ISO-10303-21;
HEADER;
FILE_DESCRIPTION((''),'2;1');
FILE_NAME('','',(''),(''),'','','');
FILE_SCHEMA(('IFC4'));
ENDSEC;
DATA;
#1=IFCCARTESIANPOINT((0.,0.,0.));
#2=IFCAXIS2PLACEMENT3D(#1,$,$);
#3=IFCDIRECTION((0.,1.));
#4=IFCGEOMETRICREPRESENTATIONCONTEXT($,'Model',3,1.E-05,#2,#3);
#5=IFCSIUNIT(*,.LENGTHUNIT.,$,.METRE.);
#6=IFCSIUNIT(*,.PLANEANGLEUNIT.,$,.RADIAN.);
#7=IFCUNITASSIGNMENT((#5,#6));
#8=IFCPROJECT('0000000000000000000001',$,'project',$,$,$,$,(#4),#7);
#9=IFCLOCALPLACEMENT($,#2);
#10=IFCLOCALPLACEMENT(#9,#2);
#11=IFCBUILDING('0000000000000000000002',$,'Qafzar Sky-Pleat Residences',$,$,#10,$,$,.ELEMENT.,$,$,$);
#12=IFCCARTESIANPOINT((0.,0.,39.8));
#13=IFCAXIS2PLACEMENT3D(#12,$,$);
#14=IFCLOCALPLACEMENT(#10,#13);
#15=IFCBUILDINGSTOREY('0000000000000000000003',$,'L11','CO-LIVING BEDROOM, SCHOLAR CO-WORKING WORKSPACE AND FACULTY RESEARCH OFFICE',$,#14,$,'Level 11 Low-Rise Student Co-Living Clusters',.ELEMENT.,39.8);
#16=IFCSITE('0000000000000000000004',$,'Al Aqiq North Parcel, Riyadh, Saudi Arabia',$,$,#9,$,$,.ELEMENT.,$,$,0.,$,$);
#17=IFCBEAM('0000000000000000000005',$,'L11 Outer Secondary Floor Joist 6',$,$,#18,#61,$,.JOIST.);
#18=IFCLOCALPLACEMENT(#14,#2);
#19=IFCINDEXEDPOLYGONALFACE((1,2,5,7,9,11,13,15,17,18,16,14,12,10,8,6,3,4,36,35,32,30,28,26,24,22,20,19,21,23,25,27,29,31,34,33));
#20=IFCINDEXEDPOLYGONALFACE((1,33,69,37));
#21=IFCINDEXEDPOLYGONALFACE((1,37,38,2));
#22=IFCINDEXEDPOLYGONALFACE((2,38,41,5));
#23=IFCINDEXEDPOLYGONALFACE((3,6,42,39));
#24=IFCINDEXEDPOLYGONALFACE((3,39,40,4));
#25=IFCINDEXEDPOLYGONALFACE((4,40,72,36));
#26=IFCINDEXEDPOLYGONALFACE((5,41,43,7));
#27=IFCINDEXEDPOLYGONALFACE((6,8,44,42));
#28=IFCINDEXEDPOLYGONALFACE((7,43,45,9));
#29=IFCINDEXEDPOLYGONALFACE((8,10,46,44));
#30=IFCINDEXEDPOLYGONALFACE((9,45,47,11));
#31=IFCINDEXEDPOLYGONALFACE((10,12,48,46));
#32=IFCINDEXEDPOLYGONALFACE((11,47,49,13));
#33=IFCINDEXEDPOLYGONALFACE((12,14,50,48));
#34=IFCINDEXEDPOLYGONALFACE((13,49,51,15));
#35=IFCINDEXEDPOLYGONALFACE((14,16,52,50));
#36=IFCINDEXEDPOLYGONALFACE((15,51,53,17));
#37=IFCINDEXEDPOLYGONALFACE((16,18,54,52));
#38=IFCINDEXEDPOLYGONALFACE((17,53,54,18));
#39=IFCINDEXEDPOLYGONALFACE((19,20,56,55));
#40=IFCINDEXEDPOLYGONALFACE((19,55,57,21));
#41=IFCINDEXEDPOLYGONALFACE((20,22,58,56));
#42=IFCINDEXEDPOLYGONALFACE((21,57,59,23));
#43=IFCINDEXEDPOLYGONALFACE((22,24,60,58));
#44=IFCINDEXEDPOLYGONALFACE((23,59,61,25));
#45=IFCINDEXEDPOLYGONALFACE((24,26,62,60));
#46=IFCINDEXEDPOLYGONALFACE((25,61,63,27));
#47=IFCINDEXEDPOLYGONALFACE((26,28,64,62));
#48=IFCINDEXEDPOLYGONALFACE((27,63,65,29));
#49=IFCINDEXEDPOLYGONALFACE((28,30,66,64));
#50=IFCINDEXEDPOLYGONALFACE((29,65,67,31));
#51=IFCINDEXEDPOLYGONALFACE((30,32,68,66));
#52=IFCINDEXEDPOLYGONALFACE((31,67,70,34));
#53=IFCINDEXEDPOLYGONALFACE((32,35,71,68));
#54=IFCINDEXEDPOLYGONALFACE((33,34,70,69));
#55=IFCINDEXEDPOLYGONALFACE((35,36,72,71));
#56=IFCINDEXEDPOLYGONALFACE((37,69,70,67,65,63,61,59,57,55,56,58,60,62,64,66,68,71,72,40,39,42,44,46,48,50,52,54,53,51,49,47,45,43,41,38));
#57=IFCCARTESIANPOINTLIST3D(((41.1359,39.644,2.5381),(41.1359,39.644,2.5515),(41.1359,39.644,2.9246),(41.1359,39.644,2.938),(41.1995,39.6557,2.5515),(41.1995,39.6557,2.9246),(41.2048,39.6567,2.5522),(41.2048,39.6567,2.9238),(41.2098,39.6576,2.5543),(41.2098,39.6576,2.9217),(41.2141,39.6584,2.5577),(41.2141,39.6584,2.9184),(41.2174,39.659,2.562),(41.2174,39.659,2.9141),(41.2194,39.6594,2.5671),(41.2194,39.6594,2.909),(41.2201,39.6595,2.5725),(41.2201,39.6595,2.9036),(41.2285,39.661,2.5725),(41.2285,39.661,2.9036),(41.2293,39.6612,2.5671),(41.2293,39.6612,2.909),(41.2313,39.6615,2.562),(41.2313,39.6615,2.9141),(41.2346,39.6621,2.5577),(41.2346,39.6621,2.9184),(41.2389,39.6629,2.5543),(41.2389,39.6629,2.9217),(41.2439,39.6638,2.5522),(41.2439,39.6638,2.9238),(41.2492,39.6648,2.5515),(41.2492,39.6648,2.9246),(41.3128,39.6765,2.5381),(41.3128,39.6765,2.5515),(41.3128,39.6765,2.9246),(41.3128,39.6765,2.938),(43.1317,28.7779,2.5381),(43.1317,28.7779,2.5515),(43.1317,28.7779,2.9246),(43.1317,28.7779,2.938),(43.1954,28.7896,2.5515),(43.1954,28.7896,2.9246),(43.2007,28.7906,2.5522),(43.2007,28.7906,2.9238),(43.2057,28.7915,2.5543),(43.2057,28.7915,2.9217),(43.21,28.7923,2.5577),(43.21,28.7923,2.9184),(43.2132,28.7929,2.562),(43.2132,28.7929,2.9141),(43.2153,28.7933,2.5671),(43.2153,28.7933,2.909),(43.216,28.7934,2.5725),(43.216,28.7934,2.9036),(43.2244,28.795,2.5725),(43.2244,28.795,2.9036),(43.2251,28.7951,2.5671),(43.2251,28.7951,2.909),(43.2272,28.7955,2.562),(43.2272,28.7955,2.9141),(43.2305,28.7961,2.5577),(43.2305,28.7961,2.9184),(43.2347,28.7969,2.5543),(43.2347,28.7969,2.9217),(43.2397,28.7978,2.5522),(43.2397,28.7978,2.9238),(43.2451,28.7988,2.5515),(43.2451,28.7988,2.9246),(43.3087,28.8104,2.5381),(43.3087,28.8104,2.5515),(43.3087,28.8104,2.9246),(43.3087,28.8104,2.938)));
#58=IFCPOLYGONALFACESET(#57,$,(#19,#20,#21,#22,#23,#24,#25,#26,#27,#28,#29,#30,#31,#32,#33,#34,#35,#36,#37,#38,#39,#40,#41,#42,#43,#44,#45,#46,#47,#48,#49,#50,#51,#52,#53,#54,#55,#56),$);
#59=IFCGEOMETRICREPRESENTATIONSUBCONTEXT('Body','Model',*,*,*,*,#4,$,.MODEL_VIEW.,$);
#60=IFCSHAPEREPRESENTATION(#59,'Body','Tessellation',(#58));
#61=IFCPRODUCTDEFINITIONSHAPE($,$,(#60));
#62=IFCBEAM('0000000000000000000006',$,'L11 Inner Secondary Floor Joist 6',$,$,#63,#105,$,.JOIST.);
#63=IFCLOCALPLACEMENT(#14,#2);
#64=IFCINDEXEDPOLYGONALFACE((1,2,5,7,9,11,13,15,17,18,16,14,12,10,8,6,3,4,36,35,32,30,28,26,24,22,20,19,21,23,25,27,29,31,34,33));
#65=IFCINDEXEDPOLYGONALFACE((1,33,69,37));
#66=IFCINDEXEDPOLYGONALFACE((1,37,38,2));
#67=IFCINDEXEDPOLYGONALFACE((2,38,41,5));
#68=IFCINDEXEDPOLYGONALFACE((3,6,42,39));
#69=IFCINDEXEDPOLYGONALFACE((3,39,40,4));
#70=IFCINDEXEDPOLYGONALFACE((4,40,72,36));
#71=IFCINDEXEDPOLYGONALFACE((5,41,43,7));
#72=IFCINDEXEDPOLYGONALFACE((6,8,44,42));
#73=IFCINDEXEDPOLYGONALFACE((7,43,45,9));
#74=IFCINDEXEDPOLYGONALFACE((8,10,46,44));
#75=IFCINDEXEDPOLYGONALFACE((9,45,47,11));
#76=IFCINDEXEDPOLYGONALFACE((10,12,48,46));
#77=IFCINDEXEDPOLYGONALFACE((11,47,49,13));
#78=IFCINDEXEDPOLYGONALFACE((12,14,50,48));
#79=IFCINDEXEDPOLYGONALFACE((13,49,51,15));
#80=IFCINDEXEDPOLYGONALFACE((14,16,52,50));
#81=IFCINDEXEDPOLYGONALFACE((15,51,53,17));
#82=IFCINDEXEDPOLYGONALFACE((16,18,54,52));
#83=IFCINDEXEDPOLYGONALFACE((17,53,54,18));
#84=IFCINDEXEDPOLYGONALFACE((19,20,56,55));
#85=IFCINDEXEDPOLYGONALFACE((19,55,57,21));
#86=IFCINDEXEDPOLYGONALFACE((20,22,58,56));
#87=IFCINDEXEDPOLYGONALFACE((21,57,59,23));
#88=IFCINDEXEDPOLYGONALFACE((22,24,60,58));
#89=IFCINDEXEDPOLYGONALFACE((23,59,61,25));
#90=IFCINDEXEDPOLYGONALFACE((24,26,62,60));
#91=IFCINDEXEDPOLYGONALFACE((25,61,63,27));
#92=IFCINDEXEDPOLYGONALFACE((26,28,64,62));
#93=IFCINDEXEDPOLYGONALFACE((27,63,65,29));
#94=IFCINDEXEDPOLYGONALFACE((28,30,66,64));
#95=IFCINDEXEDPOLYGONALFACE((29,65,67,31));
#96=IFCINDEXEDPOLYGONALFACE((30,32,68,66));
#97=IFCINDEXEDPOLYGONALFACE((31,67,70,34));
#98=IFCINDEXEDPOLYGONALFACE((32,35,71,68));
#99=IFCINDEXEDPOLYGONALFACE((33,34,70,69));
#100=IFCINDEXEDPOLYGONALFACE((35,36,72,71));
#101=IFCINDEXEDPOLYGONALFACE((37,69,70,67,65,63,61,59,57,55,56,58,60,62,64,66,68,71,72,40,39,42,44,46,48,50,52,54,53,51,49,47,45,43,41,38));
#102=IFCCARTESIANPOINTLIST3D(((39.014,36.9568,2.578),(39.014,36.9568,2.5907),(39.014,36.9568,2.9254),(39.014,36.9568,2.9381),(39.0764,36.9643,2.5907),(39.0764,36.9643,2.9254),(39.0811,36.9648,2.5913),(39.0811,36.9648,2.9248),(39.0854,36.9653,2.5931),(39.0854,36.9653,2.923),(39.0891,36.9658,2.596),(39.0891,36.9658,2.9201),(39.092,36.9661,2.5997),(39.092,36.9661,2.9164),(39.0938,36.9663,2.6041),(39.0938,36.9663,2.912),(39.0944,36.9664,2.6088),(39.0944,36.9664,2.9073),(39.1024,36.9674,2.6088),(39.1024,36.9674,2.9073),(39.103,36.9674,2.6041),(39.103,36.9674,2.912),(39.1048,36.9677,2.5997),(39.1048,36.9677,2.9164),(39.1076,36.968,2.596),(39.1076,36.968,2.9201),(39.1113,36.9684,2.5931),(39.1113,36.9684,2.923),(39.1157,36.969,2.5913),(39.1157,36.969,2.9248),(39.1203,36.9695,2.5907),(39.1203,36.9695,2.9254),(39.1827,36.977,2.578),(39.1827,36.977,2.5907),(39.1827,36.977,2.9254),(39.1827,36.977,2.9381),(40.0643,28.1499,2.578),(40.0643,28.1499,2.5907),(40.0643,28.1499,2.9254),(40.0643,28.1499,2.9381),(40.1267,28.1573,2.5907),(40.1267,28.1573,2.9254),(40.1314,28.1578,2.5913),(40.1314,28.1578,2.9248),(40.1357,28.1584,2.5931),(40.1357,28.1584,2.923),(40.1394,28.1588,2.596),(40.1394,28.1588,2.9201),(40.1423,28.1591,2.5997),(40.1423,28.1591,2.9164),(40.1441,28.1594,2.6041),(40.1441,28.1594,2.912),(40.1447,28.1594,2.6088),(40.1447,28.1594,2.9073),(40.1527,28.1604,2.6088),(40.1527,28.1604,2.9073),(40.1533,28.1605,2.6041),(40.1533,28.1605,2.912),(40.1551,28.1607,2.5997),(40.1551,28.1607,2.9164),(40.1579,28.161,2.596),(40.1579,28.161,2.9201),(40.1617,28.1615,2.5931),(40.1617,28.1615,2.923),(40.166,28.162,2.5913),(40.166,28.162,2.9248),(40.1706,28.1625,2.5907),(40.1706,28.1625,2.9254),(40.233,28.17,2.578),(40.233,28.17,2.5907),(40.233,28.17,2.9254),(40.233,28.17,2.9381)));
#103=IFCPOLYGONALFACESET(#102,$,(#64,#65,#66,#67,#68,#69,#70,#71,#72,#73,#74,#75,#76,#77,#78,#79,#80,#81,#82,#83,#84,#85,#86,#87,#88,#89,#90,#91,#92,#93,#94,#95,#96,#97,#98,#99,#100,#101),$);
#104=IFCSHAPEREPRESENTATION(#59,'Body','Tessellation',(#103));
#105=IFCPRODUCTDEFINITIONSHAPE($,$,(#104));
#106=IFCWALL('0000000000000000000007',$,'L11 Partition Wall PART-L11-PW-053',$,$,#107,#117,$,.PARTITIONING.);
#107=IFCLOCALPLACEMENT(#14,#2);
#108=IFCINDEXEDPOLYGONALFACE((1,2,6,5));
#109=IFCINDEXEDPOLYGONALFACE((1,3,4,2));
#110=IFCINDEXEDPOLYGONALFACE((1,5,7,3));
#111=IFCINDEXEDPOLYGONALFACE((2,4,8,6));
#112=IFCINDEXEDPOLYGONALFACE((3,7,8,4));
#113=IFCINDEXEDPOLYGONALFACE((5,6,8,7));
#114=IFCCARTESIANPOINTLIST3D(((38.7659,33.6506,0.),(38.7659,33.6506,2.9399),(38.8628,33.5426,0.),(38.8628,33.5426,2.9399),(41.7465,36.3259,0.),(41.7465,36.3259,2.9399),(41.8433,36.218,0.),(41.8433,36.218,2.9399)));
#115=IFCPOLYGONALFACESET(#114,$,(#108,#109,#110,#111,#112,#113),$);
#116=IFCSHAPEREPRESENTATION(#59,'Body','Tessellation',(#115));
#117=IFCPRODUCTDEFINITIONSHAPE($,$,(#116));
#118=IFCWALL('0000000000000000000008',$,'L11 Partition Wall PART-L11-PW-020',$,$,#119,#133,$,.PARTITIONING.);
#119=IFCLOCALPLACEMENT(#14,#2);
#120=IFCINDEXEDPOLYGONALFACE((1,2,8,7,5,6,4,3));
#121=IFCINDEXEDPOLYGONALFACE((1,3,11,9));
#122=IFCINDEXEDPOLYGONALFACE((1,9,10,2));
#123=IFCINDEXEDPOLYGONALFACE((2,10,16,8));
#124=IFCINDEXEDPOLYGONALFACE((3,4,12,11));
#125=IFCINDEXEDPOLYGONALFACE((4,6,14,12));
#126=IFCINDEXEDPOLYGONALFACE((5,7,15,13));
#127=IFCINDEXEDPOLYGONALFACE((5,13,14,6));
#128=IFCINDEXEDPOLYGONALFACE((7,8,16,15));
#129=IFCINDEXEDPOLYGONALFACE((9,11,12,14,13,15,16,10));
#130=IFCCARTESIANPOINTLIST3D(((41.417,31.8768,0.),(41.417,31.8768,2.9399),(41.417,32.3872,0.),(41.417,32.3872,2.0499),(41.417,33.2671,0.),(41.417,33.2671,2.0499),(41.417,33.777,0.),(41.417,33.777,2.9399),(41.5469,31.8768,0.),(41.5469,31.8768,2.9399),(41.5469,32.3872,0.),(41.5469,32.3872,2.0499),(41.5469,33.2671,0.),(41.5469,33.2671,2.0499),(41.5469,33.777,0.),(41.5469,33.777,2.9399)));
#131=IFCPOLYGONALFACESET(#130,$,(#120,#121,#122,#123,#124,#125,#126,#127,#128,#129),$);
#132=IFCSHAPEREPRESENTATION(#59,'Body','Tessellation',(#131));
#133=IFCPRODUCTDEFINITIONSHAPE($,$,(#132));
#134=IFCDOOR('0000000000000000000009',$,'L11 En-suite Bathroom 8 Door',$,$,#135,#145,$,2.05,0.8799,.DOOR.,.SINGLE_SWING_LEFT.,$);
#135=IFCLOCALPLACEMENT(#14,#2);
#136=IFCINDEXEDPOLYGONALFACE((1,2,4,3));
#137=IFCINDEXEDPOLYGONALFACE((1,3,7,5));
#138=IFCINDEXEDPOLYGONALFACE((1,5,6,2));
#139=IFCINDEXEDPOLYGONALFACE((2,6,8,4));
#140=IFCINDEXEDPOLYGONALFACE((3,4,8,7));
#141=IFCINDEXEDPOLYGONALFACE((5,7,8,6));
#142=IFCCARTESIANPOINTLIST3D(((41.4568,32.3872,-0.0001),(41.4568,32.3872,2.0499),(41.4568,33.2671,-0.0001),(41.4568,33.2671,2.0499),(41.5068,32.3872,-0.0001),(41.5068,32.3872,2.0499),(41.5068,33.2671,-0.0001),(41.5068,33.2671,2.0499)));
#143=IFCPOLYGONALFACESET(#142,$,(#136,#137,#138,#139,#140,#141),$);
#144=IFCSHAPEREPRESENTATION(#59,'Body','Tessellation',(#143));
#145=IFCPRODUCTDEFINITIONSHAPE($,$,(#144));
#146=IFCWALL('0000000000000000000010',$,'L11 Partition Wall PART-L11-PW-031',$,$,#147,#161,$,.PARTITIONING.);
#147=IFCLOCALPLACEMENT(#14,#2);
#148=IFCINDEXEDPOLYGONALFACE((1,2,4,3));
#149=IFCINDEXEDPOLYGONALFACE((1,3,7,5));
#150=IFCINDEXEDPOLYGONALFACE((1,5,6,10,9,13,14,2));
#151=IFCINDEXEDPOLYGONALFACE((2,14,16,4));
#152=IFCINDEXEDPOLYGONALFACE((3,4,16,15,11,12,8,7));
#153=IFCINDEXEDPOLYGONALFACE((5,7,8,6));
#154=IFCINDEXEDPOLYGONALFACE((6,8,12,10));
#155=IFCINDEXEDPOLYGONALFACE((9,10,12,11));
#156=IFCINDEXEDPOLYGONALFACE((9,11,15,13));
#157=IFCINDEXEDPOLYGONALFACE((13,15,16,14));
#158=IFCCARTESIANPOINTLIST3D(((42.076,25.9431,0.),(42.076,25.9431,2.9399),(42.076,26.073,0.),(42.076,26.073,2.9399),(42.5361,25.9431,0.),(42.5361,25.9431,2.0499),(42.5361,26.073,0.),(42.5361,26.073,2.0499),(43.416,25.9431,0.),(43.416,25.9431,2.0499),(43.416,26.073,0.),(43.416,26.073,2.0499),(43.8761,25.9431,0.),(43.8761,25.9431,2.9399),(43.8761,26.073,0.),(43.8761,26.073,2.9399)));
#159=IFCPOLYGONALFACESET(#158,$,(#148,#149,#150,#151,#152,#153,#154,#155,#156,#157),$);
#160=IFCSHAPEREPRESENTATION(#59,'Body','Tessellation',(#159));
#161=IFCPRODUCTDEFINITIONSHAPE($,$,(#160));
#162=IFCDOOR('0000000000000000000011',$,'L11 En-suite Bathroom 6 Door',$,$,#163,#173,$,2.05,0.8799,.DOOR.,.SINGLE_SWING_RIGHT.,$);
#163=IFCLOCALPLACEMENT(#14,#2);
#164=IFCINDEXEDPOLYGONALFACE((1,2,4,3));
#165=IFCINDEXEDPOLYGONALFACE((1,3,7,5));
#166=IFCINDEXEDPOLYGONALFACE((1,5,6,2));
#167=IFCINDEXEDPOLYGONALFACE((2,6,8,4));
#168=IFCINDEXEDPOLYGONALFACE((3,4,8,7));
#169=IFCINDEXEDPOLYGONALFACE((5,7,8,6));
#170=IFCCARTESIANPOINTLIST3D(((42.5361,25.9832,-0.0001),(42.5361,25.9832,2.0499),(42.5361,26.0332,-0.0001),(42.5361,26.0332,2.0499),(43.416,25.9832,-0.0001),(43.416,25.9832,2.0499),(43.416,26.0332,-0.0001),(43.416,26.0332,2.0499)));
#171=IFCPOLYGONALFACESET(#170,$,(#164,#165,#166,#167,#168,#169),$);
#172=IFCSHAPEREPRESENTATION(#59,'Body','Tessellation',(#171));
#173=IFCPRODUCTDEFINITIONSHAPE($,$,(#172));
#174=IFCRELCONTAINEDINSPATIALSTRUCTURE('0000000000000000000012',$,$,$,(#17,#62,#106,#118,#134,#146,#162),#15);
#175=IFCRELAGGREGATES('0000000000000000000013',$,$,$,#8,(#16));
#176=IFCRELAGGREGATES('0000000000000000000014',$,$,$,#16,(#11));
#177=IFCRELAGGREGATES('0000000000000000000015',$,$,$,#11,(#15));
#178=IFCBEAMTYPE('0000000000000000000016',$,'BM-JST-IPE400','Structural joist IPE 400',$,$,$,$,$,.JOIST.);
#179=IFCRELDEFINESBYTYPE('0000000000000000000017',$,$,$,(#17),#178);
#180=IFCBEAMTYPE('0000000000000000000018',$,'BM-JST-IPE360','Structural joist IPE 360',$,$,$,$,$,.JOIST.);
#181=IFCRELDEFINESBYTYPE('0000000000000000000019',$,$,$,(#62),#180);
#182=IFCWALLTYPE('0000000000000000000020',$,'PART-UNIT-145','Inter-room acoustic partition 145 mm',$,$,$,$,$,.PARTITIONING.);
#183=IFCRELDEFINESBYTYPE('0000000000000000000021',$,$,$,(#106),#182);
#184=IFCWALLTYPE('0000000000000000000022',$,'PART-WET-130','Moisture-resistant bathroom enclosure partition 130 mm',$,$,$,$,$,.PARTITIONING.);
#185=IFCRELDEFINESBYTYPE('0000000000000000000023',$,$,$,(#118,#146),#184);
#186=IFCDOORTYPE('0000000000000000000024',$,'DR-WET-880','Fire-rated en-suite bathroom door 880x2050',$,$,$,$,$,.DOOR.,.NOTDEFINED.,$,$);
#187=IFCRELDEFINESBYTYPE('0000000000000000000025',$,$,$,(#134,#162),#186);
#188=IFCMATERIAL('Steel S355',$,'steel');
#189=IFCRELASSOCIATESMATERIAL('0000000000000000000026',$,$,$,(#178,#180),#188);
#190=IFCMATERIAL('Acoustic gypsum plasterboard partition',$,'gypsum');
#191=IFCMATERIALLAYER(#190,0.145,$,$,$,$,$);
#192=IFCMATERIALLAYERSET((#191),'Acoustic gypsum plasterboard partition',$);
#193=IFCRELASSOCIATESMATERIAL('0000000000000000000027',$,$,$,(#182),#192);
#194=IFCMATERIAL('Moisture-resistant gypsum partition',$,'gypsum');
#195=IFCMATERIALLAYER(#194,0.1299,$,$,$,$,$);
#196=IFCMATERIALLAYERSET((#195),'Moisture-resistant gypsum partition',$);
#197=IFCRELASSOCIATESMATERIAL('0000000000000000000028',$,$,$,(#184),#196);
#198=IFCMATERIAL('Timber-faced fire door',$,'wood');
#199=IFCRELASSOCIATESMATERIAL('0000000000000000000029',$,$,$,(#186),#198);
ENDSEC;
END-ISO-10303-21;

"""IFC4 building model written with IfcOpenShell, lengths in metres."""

from ifc_helpers import new_model, si_unit, direction, frame, frame_2d, origin, origin_2d, place, context, subcontext, project, spatial, rectangle, i_section, extrude, source, transform, mapped, material, layer, layer_set, material_profile, profile_set, type_object, element, fill, save


model = new_model("IFC4")

# Units and contexts
model_context = context("Model", 3, precision=1e-05, world=origin(), true_north=direction((0.0, 1.0)))
body_context = subcontext(model_context, "Body", "Model", "MODEL_VIEW")
ifc_project = project(units=[si_unit("LENGTHUNIT", "METRE"), si_unit("PLANEANGLEUNIT", "RADIAN")], contexts=[model_context])

# Site, building, storey
site_placement = place(None, origin())
site = spatial("IfcSite", under=ifc_project, at=site_placement, Name="Al Aqiq North Parcel, Riyadh, Saudi Arabia", CompositionType="ELEMENT", RefElevation=0.0)
building_placement = place(site_placement, origin())
building = spatial("IfcBuilding", under=site, at=building_placement, Name="Qafzar Sky-Pleat Residences", CompositionType="ELEMENT")
storey_placement = place(building_placement, frame((0.0, 0.0, 39.8)))
storey = spatial("IfcBuildingStorey", under=building, at=storey_placement, Name="L11", Description="CO-LIVING BEDROOM, SCHOLAR CO-WORKING WORKSPACE AND FACULTY RESEARCH OFFICE", LongName="Level 11 Low-Rise Student Co-Living Clusters", CompositionType="ELEMENT", Elevation=39.8)

# Beams
ifc_material_1 = material(Name="Steel S355", Category="steel")
ifc_material_profile_1 = material_profile(ifc_material_1, i_section(OverallWidth=0.1799, OverallDepth=0.3999, WebThickness=0.0085, FlangeThickness=0.0134, FilletRadius=0.021, at=origin_2d()), Name="IPE 400")
ifc_profile_set_1 = profile_set([ifc_material_profile_1], Name="Steel S355")
beam_type_1 = type_object("IfcBeamType", Name="BM-JST-IPE400", Description="Structural joist IPE 400", PredefinedType="JOIST", material=ifc_profile_set_1)
shared_shape_1 = source(origin(), body_context, "Body", "SweptSolid", [
    extrude(i_section(OverallWidth=0.1799, OverallDepth=0.3999, WebThickness=0.0085, FlangeThickness=0.0134, FilletRadius=0.021, at=origin_2d()), origin(), (0.0, 0.0, 1.0), 11.0479),
])
beam_1_placement = place(storey_placement, frame((43.2202, 28.7942, 2.738), z_axis=(-0.180657, 0.983546, 0.0), x_axis=(-0.983546, -0.180657, 0.0)))
element("IfcBeam", 1, at=beam_1_placement, inside=storey, type_object=beam_type_1, Name="L11 Outer Secondary Floor Joist 6", PredefinedType="JOIST", context=body_context, shape_type="MappedRepresentation", body=[
    mapped(shared_shape_1, transform((0.0, 0.0, 0.0), x_axis=(1.0, 0.0, 0.0), y_axis=(0.0, 1.0, 0.0), z_axis=(0.0, 0.0, 1.0), scale=1.0)),
])
ifc_material_profile_2 = material_profile(ifc_material_1, i_section(OverallWidth=0.1699, OverallDepth=0.3601, WebThickness=0.0081, FlangeThickness=0.0127, FilletRadius=0.0181, at=origin_2d()), Name="IPE 360")
ifc_profile_set_2 = profile_set([ifc_material_profile_2], Name="Steel S355")
beam_type_2 = type_object("IfcBeamType", Name="BM-JST-IPE360", Description="Structural joist IPE 360", PredefinedType="JOIST", material=ifc_profile_set_2)
shared_shape_2 = source(origin(), body_context, "Body", "SweptSolid", [
    extrude(i_section(OverallWidth=0.1699, OverallDepth=0.3601, WebThickness=0.0081, FlangeThickness=0.0127, FilletRadius=0.0181, at=origin_2d()), origin(), (0.0, 0.0, 1.0), 8.8694),
])
beam_2_placement = place(storey_placement, frame((40.1487, 28.1599, 2.7581), z_axis=(-0.118419, 0.992964, 0.0), x_axis=(-0.992964, -0.118419, 0.0)))
element("IfcBeam", 2, at=beam_2_placement, inside=storey, type_object=beam_type_2, Name="L11 Inner Secondary Floor Joist 6", PredefinedType="JOIST", context=body_context, shape_type="MappedRepresentation", body=[
    mapped(shared_shape_2, transform((0.0, 0.0, 0.0), x_axis=(1.0, 0.0, 0.0), y_axis=(0.0, 1.0, 0.0), z_axis=(0.0, 0.0, 1.0), scale=1.0)),
])

# Wall
ifc_material_2 = material(Name="Acoustic gypsum plasterboard partition", Category="gypsum")
ifc_layer_1 = layer(ifc_material_2, 0.145)
ifc_layer_set_1 = layer_set([ifc_layer_1], Name="Acoustic gypsum plasterboard partition")
wall_type_1 = type_object("IfcWallType", Name="PART-UNIT-145", Description="Inter-room acoustic partition 145 mm", PredefinedType="PARTITIONING", material=ifc_layer_set_1)
wall_1_placement = place(storey_placement, frame((38.8145, 33.5967, 0.0), z_axis=(0.0, 0.0, 1.0), x_axis=(0.744179, 0.667981, 0.0)))
element("IfcWall", 3, at=wall_1_placement, inside=storey, type_object=wall_type_1, Name="L11 Partition Wall PART-L11-PW-053", PredefinedType="PARTITIONING", context=body_context, shape_type="SweptSolid", body=[
    extrude(rectangle(XDim=4.0051, YDim=0.145, at=frame_2d((2.0024, 0.0))), origin(), (0.0, 0.0, 1.0), 2.9399),
])

# Walls, openings, doors
ifc_material_3 = material(Name="Moisture-resistant gypsum partition", Category="gypsum")
ifc_layer_2 = layer(ifc_material_3, 0.1299)
ifc_layer_set_2 = layer_set([ifc_layer_2], Name="Moisture-resistant gypsum partition")
wall_type_2 = type_object("IfcWallType", Name="PART-WET-130", Description="Moisture-resistant bathroom enclosure partition 130 mm", PredefinedType="PARTITIONING", material=ifc_layer_set_2)
wall_2_placement = place(storey_placement, frame((41.4819, 33.7771, 0.0), z_axis=(0.0, 0.0, 1.0), x_axis=(0.0, -1.0, 0.0)))
wall_2 = element("IfcWall", 4, at=wall_2_placement, inside=storey, type_object=wall_type_2, Name="L11 Partition Wall PART-L11-PW-020", PredefinedType="PARTITIONING", context=body_context, shape_type="SweptSolid", body=[
    extrude(rectangle(XDim=1.9001, YDim=0.1299, at=frame_2d((0.9502, 0.0))), origin(), (0.0, 0.0, 1.0), 2.9399),
])
opening_1_placement = place(wall_2_placement, frame((0.51, 0.0, 0.0)))
opening_1 = element("IfcOpeningElement", 5, at=opening_1_placement, cuts=wall_2, PredefinedType="OPENING", context=body_context, shape_type="SweptSolid", body=[
    extrude(rectangle(XDim=0.8799, YDim=2.05, at=frame_2d((0.4399, 1.0249))), frame((0.0, 0.075, 0.0), z_axis=(0.0, -1.0, 0.0), x_axis=(1.0, 0.0, 0.0)), (0.0, 0.0, 1.0), 0.1499),
])
ifc_material_4 = material(Name="Timber-faced fire door", Category="wood")
door_type = type_object("IfcDoorType", Name="DR-WET-880", Description="Fire-rated en-suite bathroom door 880x2050", OperationType="NOTDEFINED", PredefinedType="DOOR", material=ifc_material_4)
shared_shape_3 = source(origin(), body_context, "Body", "SweptSolid", [
    extrude(rectangle(XDim=0.8799, YDim=2.05, at=frame_2d((0.4399, 1.0249))), frame((0.0, 0.0249, 0.0), z_axis=(0.0, -1.0, 0.0), x_axis=(1.0, 0.0, 0.0)), (0.0, 0.0, 1.0), 0.05),
])
door_1_placement = place(opening_1_placement, origin())
door_1 = element("IfcDoor", 6, at=door_1_placement, inside=storey, type_object=door_type, Name="L11 En-suite Bathroom 8 Door", OperationType="SINGLE_SWING_LEFT", OverallHeight=2.05, OverallWidth=0.8799, PredefinedType="DOOR", context=body_context, shape_type="MappedRepresentation", body=[
    mapped(shared_shape_3, transform((0.0, 0.0, 0.0), x_axis=(1.0, 0.0, 0.0), y_axis=(0.0, 1.0, 0.0), z_axis=(0.0, 0.0, 1.0), scale=1.0)),
])
fill(opening_1, door_1)
wall_3_placement = place(storey_placement, frame((43.876, 26.0081, 0.0), z_axis=(0.0, 0.0, 1.0), x_axis=(-1.0, 0.0, 0.0)))
wall_3 = element("IfcWall", 7, at=wall_3_placement, inside=storey, type_object=wall_type_2, Name="L11 Partition Wall PART-L11-PW-031", PredefinedType="PARTITIONING", context=body_context, shape_type="SweptSolid", body=[
    extrude(rectangle(XDim=1.8, YDim=0.1299, at=frame_2d((0.8999, 0.0))), origin(), (0.0, 0.0, 1.0), 2.9399),
])
opening_2_placement = place(wall_3_placement, frame((0.46, 0.0, 0.0)))
opening_2 = element("IfcOpeningElement", 8, at=opening_2_placement, cuts=wall_3, PredefinedType="OPENING", context=body_context, shape_type="SweptSolid", body=[
    extrude(rectangle(XDim=0.8799, YDim=2.05, at=frame_2d((0.4399, 1.0249))), frame((0.0, 0.075, 0.0), z_axis=(0.0, -1.0, 0.0), x_axis=(1.0, 0.0, 0.0)), (0.0, 0.0, 1.0), 0.1499),
])
door_2_placement = place(opening_2_placement, origin())
door_2 = element("IfcDoor", 9, at=door_2_placement, inside=storey, type_object=door_type, Name="L11 En-suite Bathroom 6 Door", OperationType="SINGLE_SWING_RIGHT", OverallHeight=2.05, OverallWidth=0.8799, PredefinedType="DOOR", context=body_context, shape_type="MappedRepresentation", body=[
    mapped(shared_shape_3, transform((0.0, 0.0, 0.0), x_axis=(1.0, 0.0, 0.0), y_axis=(0.0, 1.0, 0.0), z_axis=(0.0, 0.0, 1.0), scale=1.0)),
])
fill(opening_2, door_2)

save(model, "model.ifc")
